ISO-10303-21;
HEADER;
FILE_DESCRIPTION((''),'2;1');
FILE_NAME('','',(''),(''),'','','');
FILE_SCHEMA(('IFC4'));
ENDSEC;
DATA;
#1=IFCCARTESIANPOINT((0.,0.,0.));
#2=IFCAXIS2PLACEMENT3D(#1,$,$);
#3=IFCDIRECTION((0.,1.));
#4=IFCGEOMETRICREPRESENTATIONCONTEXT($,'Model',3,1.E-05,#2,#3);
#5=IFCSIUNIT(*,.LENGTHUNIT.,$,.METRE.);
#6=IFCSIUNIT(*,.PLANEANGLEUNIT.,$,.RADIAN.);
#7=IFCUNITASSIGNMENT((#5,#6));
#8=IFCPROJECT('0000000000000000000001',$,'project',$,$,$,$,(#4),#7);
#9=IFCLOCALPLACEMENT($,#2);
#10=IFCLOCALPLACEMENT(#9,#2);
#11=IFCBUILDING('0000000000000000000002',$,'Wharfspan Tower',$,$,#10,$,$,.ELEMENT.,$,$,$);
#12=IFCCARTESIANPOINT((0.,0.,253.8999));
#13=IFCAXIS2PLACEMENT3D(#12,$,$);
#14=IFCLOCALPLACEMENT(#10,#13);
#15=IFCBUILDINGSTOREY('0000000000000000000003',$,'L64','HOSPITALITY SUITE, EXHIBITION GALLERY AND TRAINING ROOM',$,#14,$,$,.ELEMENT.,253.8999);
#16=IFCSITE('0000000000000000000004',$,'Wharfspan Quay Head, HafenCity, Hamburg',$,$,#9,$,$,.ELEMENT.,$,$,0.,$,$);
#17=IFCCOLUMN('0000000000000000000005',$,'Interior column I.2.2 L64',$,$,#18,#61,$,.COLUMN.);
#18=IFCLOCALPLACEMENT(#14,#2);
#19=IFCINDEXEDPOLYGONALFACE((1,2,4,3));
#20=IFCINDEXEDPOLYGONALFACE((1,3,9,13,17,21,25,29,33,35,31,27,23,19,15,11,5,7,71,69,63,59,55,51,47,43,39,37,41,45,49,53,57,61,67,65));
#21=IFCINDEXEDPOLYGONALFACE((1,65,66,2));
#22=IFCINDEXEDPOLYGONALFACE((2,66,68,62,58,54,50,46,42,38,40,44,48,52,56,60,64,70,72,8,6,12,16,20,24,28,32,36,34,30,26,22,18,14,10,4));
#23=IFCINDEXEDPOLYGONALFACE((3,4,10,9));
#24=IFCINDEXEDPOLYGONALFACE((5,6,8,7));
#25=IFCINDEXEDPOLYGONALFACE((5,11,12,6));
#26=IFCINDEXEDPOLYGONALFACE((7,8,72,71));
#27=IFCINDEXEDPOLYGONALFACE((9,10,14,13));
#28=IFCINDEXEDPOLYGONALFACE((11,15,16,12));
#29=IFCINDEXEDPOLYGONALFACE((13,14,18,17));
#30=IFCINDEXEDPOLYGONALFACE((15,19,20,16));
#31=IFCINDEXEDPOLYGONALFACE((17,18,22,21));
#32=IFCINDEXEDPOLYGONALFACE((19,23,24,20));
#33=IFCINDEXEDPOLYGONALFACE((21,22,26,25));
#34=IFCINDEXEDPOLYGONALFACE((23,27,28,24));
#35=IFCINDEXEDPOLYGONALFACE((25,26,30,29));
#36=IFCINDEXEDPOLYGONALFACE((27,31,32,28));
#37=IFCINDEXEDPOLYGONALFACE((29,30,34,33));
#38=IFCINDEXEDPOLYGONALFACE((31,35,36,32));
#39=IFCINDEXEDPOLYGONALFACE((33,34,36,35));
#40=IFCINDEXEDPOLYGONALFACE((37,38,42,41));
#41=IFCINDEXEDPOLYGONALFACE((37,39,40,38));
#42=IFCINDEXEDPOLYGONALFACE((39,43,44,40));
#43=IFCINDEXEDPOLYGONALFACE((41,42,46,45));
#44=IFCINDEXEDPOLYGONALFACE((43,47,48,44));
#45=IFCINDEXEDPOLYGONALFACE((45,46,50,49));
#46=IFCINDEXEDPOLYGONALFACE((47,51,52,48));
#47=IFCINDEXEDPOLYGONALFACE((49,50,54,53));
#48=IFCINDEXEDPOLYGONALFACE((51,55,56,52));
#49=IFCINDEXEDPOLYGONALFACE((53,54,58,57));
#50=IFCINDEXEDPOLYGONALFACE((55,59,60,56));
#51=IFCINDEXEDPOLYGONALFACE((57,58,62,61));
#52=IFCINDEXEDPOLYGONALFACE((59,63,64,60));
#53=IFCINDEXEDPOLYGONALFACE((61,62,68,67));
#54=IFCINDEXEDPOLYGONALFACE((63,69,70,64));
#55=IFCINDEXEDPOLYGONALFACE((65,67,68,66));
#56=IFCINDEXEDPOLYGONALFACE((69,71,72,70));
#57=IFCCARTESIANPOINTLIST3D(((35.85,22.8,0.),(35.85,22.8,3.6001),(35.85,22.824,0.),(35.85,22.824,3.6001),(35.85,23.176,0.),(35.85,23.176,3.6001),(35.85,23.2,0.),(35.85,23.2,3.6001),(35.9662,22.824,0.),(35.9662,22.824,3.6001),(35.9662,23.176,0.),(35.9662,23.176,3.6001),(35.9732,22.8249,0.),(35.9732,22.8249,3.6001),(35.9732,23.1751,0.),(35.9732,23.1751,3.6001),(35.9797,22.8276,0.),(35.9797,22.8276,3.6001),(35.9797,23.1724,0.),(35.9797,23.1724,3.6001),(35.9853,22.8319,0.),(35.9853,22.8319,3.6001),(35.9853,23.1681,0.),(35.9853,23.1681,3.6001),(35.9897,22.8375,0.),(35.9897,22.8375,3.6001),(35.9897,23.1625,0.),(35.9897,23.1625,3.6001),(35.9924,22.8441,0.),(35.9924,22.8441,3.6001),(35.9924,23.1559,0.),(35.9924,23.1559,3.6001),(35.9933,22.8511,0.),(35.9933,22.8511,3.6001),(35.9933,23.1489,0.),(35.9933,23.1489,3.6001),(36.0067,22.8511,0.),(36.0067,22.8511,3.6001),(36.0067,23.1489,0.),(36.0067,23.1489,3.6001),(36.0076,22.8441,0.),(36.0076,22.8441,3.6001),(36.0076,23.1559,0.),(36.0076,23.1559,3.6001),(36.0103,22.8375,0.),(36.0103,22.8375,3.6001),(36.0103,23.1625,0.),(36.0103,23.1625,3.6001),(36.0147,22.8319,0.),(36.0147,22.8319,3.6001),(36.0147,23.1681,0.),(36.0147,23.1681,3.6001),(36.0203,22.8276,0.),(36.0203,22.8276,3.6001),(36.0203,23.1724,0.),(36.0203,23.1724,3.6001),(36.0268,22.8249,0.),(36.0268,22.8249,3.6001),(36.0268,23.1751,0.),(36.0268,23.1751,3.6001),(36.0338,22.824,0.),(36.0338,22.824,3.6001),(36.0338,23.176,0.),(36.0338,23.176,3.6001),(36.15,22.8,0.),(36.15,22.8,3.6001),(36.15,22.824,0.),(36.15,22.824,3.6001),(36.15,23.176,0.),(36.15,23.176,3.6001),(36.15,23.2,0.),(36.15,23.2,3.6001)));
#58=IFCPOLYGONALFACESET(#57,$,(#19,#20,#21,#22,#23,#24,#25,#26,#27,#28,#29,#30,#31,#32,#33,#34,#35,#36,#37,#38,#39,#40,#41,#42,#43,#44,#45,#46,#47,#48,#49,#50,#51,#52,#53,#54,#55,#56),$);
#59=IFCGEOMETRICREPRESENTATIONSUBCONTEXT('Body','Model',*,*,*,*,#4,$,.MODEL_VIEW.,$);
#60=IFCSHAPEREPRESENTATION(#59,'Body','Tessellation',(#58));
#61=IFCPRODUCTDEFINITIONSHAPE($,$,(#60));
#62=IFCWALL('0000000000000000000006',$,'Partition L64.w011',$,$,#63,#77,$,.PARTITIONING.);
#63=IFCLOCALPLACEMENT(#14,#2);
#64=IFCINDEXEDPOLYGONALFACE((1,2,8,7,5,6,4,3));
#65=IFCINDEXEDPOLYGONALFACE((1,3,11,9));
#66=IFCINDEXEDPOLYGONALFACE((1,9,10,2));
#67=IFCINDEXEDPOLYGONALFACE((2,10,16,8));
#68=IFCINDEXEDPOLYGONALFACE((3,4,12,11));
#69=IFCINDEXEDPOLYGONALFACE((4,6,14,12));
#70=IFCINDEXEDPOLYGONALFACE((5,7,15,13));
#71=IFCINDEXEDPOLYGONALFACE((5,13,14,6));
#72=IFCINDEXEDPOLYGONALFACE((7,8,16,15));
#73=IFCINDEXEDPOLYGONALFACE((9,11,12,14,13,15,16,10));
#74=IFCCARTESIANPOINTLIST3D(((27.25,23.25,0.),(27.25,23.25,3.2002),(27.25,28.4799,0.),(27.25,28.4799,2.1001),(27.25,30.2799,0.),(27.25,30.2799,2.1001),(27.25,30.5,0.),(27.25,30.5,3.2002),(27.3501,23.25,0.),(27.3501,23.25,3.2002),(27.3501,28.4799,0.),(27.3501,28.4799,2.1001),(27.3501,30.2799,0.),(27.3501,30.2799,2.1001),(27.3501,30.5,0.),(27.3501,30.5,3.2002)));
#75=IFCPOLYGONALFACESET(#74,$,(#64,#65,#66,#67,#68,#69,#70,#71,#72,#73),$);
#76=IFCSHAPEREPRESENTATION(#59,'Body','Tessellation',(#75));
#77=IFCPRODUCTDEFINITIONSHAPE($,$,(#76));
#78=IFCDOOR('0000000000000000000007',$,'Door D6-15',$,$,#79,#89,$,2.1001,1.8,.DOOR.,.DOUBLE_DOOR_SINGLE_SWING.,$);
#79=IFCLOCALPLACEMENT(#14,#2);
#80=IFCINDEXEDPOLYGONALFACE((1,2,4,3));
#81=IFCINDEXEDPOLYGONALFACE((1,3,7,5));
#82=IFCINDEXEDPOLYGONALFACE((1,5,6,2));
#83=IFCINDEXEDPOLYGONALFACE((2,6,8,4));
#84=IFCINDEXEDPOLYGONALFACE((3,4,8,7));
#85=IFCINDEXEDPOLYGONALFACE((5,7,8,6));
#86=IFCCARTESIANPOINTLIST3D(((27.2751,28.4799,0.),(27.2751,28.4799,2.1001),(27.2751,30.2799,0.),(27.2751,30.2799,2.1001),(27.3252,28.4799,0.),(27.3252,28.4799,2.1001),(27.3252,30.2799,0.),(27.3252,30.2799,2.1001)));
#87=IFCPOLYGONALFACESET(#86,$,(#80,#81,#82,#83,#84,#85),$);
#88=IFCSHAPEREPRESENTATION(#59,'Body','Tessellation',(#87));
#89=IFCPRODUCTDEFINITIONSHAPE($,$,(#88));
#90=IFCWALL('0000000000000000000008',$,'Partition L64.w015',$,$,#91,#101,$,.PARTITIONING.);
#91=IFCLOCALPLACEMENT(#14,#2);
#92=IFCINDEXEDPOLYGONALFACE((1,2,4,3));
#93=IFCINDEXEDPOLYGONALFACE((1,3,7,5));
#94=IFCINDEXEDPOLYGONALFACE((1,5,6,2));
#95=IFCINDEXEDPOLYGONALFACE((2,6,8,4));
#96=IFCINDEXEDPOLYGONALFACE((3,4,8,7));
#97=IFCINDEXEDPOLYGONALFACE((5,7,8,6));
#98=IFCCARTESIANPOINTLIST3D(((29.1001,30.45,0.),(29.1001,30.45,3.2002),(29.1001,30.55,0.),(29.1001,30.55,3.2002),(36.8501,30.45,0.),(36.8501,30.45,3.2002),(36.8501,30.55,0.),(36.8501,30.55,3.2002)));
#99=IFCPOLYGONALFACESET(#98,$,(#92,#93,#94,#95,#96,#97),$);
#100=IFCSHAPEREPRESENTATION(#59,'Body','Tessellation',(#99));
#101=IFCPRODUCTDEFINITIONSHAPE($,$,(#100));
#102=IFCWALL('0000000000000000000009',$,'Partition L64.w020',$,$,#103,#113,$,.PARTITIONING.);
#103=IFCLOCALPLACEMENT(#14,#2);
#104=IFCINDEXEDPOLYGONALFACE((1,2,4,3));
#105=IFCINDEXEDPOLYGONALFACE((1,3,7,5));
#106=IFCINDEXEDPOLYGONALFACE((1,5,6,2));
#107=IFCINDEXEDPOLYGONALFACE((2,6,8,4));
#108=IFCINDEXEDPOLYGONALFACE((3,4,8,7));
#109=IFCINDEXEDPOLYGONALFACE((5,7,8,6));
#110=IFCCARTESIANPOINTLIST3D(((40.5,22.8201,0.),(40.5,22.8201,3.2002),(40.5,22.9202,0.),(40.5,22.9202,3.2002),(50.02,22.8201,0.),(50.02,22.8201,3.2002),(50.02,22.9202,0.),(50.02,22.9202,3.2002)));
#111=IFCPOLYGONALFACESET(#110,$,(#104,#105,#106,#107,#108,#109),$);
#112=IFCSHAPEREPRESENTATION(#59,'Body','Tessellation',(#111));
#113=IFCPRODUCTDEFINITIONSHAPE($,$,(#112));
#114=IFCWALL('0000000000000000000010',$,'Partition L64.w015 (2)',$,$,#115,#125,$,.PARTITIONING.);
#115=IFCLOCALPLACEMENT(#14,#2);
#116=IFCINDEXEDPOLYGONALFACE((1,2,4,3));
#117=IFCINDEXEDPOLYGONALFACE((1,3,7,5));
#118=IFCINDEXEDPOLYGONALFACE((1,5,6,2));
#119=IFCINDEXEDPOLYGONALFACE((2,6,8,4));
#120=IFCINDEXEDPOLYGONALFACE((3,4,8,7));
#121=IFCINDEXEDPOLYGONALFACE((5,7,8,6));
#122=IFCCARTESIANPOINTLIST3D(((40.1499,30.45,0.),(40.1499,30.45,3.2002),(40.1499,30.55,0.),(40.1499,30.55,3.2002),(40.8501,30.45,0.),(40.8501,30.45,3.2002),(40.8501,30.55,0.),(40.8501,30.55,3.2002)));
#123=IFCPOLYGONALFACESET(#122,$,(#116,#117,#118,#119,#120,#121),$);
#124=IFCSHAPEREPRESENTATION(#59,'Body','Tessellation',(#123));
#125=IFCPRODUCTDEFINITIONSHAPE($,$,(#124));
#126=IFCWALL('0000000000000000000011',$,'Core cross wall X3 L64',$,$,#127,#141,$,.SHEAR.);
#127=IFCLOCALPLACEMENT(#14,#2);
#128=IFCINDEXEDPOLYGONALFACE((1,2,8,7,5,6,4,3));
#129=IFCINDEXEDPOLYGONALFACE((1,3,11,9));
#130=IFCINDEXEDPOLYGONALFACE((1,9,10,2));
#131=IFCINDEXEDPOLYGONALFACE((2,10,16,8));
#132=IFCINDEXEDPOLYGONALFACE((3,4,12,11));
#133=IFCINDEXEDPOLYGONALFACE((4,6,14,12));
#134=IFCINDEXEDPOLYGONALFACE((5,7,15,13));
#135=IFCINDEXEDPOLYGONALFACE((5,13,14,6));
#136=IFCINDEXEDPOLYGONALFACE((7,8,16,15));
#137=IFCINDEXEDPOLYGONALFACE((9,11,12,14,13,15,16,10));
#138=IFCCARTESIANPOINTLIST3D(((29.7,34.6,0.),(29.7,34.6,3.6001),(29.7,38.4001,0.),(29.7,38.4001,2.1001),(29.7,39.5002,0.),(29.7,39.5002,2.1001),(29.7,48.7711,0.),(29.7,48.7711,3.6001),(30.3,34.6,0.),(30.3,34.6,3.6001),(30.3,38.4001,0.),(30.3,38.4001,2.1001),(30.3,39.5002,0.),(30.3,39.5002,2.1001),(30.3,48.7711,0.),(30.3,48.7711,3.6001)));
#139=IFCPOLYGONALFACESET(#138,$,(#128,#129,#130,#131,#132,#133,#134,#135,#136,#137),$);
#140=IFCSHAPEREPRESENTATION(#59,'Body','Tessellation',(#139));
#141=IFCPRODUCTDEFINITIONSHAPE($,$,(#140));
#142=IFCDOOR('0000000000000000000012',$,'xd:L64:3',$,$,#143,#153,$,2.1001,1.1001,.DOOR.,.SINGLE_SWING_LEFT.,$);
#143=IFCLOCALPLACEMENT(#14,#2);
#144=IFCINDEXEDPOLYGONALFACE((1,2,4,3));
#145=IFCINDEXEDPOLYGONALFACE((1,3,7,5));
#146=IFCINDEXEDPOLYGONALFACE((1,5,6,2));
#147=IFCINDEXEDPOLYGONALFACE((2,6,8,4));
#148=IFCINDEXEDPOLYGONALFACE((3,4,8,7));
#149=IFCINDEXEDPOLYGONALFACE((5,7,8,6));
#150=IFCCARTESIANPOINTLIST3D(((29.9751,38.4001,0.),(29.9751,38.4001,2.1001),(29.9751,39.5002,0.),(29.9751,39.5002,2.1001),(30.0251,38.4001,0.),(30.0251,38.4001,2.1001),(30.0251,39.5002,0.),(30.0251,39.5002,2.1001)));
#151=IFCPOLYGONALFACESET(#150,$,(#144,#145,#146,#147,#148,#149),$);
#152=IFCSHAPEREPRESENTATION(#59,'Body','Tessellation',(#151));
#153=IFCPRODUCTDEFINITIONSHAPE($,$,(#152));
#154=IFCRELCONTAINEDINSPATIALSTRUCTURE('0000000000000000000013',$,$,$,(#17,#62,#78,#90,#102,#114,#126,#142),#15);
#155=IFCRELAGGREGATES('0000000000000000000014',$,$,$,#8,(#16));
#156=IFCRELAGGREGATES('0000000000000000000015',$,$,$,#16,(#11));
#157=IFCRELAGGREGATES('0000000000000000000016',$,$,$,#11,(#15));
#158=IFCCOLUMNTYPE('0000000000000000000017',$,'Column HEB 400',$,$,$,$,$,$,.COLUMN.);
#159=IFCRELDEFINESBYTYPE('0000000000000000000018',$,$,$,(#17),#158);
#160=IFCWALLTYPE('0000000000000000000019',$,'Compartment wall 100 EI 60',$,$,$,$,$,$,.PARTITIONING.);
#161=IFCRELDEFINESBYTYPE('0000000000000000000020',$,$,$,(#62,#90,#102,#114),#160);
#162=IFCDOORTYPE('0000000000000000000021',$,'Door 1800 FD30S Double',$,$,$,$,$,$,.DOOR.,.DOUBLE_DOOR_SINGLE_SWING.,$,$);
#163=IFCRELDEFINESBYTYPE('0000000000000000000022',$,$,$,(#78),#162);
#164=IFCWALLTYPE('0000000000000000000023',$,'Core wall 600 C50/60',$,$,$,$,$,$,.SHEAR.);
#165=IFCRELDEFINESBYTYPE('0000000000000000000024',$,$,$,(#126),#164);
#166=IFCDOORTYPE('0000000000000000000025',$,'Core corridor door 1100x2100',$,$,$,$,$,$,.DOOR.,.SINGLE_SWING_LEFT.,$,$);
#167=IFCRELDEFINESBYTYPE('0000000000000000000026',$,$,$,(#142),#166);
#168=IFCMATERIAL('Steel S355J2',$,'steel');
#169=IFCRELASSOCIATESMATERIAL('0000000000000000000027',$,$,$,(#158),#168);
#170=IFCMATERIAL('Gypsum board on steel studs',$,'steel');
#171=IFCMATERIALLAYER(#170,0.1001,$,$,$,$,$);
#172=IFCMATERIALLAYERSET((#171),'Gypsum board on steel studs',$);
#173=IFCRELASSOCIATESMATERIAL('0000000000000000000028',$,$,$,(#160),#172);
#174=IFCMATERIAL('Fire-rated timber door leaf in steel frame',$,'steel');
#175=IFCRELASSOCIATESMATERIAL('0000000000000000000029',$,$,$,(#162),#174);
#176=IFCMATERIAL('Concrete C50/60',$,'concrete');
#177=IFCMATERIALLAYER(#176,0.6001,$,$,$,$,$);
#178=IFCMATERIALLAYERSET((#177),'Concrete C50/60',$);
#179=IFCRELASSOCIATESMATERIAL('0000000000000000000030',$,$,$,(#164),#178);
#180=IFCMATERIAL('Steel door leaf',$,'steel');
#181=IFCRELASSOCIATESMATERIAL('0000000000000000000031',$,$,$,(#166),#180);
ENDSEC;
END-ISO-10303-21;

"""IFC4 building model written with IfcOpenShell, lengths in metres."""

from ifc_helpers import new_model, si_unit, direction, frame, frame_2d, origin, origin_2d, place, context, subcontext, project, spatial, rectangle, i_section, extrude, material, layer, layer_set, material_profile, profile_set, type_object, element, fill, save


model = new_model("IFC4")

# Units and contexts
model_context = context("Model", 3, precision=1e-05, world=origin(), true_north=direction((0.0, 1.0)))
body_context = subcontext(model_context, "Body", "Model", "MODEL_VIEW")
ifc_project = project(units=[si_unit("LENGTHUNIT", "METRE"), si_unit("PLANEANGLEUNIT", "RADIAN")], contexts=[model_context])

# Site, building, storey
site_placement = place(None, origin())
site = spatial("IfcSite", under=ifc_project, at=site_placement, Name="Wharfspan Quay Head, HafenCity, Hamburg", CompositionType="ELEMENT", RefElevation=0.0)
building_placement = place(site_placement, origin())
building = spatial("IfcBuilding", under=site, at=building_placement, Name="Wharfspan Tower", CompositionType="ELEMENT")
storey_placement = place(building_placement, frame((0.0, 0.0, 253.8999)))
storey = spatial("IfcBuildingStorey", under=building, at=storey_placement, Name="L64", Description="HOSPITALITY SUITE, EXHIBITION GALLERY AND TRAINING ROOM", CompositionType="ELEMENT", Elevation=253.8999)

# Column
ifc_material_1 = material(Name="Steel S355J2", Category="steel")
ifc_material_profile = material_profile(ifc_material_1, i_section(OverallWidth=0.3, OverallDepth=0.3999, WebThickness=0.0134, FlangeThickness=0.0239, FilletRadius=0.0271, at=origin_2d()))
ifc_profile_set = profile_set([ifc_material_profile], Name="Steel S355J2")
column_type = type_object("IfcColumnType", Name="Column HEB 400", PredefinedType="COLUMN", material=ifc_profile_set)
column_placement = place(storey_placement, frame((36.0, 23.0, 0.0), z_axis=(0.0, 0.0, 1.0), x_axis=(1.0, 0.0, 0.0)))
element("IfcColumn", 1, at=column_placement, inside=storey, type_object=column_type, Name="Interior column I.2.2 L64", PredefinedType="COLUMN", context=body_context, shape_type="SweptSolid", body=[
    extrude(i_section(OverallWidth=0.3, OverallDepth=0.3999, WebThickness=0.0134, FlangeThickness=0.0239, FilletRadius=0.0271, at=origin_2d()), origin(), (0.0, 0.0, 1.0), 3.6001),
])

# Wall, opening, door
ifc_material_2 = material(Name="Gypsum board on steel studs", Category="steel")
ifc_layer_1 = layer(ifc_material_2, 0.1001)
ifc_layer_set_1 = layer_set([ifc_layer_1], Name="Gypsum board on steel studs")
wall_type_1 = type_object("IfcWallType", Name="Compartment wall 100 EI 60", PredefinedType="PARTITIONING", material=ifc_layer_set_1)
wall_1_placement = place(storey_placement, frame((27.3, 23.25, 0.0), z_axis=(0.0, 0.0, 1.0), x_axis=(0.0, 1.0, 0.0)))
wall_1 = element("IfcWall", 2, at=wall_1_placement, inside=storey, type_object=wall_type_1, Name="Partition L64.w011", PredefinedType="PARTITIONING", context=body_context, shape_type="SweptSolid", body=[
    extrude(rectangle(XDim=7.25, YDim=0.1001, at=frame_2d((3.625, 0.0))), origin(), (0.0, 0.0, 1.0), 3.2002),
])
opening_1_placement = place(wall_1_placement, frame((5.23, 0.0, 0.0)))
opening_1 = element("IfcOpeningElement", 3, at=opening_1_placement, cuts=wall_1, PredefinedType="OPENING", context=body_context, shape_type="SweptSolid", body=[
    extrude(rectangle(XDim=1.8, YDim=2.1001, at=frame_2d((0.8999, 1.05))), frame((0.0, 0.0601, 0.0), z_axis=(0.0, -1.0, 0.0), x_axis=(1.0, 0.0, 0.0)), (0.0, 0.0, 1.0), 0.1201),
])
ifc_material_3 = material(Name="Fire-rated timber door leaf in steel frame", Category="steel")
door_type_1 = type_object("IfcDoorType", Name="Door 1800 FD30S Double", OperationType="DOUBLE_DOOR_SINGLE_SWING", PredefinedType="DOOR", material=ifc_material_3)
door_1_placement = place(opening_1_placement, origin())
door_1 = element("IfcDoor", 4, at=door_1_placement, inside=storey, type_object=door_type_1, Name="Door D6-15", OperationType="DOUBLE_DOOR_SINGLE_SWING", OverallHeight=2.1001, OverallWidth=1.8, PredefinedType="DOOR", context=body_context, shape_type="SweptSolid", body=[
    extrude(rectangle(XDim=1.8, YDim=2.1001, at=frame_2d((0.8999, 1.05))), frame((0.0, 0.0249, 0.0), z_axis=(0.0, -1.0, 0.0), x_axis=(1.0, 0.0, 0.0)), (0.0, 0.0, 1.0), 0.05),
])
fill(opening_1, door_1)

# Walls
wall_2_placement = place(storey_placement, frame((29.1001, 30.5, 0.0), z_axis=(0.0, 0.0, 1.0), x_axis=(1.0, 0.0, 0.0)))
element("IfcWall", 5, at=wall_2_placement, inside=storey, type_object=wall_type_1, Name="Partition L64.w015", PredefinedType="PARTITIONING", context=body_context, shape_type="SweptSolid", body=[
    extrude(rectangle(XDim=7.75, YDim=0.1001, at=frame_2d((3.875, 0.0))), origin(), (0.0, 0.0, 1.0), 3.2002),
])
wall_3_placement = place(storey_placement, frame((40.5, 22.8701, 0.0), z_axis=(0.0, 0.0, 1.0), x_axis=(1.0, 0.0, 0.0)))
element("IfcWall", 6, at=wall_3_placement, inside=storey, type_object=wall_type_1, Name="Partition L64.w020", PredefinedType="PARTITIONING", context=body_context, shape_type="SweptSolid", body=[
    extrude(rectangle(XDim=9.52, YDim=0.1001, at=frame_2d((4.76, 0.0))), origin(), (0.0, 0.0, 1.0), 3.2002),
])
wall_4_placement = place(storey_placement, frame((40.1499, 30.5, 0.0), z_axis=(0.0, 0.0, 1.0), x_axis=(1.0, 0.0, 0.0)))
element("IfcWall", 7, at=wall_4_placement, inside=storey, type_object=wall_type_1, Name="Partition L64.w015 (2)", PredefinedType="PARTITIONING", context=body_context, shape_type="SweptSolid", body=[
    extrude(rectangle(XDim=0.7002, YDim=0.1001, at=frame_2d((0.3501, 0.0))), origin(), (0.0, 0.0, 1.0), 3.2002),
])

# Wall, opening, door
ifc_material_4 = material(Name="Concrete C50/60", Category="concrete")
ifc_layer_2 = layer(ifc_material_4, 0.6001)
ifc_layer_set_2 = layer_set([ifc_layer_2], Name="Concrete C50/60")
wall_type_2 = type_object("IfcWallType", Name="Core wall 600 C50/60", PredefinedType="SHEAR", material=ifc_layer_set_2)
wall_5_placement = place(storey_placement, frame((30.0, 34.6001, 0.0), z_axis=(0.0, 0.0, 1.0), x_axis=(0.0, 1.0, 0.0)))
wall_5 = element("IfcWall", 8, at=wall_5_placement, inside=storey, type_object=wall_type_2, Name="Core cross wall X3 L64", PredefinedType="SHEAR", context=body_context, shape_type="SweptSolid", body=[
    extrude(rectangle(XDim=14.1711, YDim=0.6001, at=frame_2d((7.0854, 0.0))), origin(), (0.0, 0.0, 1.0), 3.6001),
])
opening_2_placement = place(wall_5_placement, frame((3.8, 0.0, 0.0)))
opening_2 = element("IfcOpeningElement", 9, at=opening_2_placement, cuts=wall_5, PredefinedType="OPENING", context=body_context, shape_type="SweptSolid", body=[
    extrude(rectangle(XDim=1.1001, YDim=2.1001, at=frame_2d((0.55, 1.05))), frame((0.0, 0.3101, 0.0), z_axis=(0.0, -1.0, 0.0), x_axis=(1.0, 0.0, 0.0)), (0.0, 0.0, 1.0), 0.6201),
])
ifc_material_5 = material(Name="Steel door leaf", Category="steel")
door_type_2 = type_object("IfcDoorType", Name="Core corridor door 1100x2100", OperationType="SINGLE_SWING_LEFT", PredefinedType="DOOR", material=ifc_material_5)
door_2_placement = place(opening_2_placement, origin())
door_2 = element("IfcDoor", 10, at=door_2_placement, inside=storey, type_object=door_type_2, Name="xd:L64:3", OperationType="SINGLE_SWING_LEFT", OverallHeight=2.1001, OverallWidth=1.1001, PredefinedType="DOOR", context=body_context, shape_type="SweptSolid", body=[
    extrude(rectangle(XDim=1.1001, YDim=2.1001, at=frame_2d((0.55, 1.05))), frame((0.0, 0.0249, 0.0), z_axis=(0.0, -1.0, 0.0), x_axis=(1.0, 0.0, 0.0)), (0.0, 0.0, 1.0), 0.05),
])
fill(opening_2, door_2)

save(model, "model.ifc")
